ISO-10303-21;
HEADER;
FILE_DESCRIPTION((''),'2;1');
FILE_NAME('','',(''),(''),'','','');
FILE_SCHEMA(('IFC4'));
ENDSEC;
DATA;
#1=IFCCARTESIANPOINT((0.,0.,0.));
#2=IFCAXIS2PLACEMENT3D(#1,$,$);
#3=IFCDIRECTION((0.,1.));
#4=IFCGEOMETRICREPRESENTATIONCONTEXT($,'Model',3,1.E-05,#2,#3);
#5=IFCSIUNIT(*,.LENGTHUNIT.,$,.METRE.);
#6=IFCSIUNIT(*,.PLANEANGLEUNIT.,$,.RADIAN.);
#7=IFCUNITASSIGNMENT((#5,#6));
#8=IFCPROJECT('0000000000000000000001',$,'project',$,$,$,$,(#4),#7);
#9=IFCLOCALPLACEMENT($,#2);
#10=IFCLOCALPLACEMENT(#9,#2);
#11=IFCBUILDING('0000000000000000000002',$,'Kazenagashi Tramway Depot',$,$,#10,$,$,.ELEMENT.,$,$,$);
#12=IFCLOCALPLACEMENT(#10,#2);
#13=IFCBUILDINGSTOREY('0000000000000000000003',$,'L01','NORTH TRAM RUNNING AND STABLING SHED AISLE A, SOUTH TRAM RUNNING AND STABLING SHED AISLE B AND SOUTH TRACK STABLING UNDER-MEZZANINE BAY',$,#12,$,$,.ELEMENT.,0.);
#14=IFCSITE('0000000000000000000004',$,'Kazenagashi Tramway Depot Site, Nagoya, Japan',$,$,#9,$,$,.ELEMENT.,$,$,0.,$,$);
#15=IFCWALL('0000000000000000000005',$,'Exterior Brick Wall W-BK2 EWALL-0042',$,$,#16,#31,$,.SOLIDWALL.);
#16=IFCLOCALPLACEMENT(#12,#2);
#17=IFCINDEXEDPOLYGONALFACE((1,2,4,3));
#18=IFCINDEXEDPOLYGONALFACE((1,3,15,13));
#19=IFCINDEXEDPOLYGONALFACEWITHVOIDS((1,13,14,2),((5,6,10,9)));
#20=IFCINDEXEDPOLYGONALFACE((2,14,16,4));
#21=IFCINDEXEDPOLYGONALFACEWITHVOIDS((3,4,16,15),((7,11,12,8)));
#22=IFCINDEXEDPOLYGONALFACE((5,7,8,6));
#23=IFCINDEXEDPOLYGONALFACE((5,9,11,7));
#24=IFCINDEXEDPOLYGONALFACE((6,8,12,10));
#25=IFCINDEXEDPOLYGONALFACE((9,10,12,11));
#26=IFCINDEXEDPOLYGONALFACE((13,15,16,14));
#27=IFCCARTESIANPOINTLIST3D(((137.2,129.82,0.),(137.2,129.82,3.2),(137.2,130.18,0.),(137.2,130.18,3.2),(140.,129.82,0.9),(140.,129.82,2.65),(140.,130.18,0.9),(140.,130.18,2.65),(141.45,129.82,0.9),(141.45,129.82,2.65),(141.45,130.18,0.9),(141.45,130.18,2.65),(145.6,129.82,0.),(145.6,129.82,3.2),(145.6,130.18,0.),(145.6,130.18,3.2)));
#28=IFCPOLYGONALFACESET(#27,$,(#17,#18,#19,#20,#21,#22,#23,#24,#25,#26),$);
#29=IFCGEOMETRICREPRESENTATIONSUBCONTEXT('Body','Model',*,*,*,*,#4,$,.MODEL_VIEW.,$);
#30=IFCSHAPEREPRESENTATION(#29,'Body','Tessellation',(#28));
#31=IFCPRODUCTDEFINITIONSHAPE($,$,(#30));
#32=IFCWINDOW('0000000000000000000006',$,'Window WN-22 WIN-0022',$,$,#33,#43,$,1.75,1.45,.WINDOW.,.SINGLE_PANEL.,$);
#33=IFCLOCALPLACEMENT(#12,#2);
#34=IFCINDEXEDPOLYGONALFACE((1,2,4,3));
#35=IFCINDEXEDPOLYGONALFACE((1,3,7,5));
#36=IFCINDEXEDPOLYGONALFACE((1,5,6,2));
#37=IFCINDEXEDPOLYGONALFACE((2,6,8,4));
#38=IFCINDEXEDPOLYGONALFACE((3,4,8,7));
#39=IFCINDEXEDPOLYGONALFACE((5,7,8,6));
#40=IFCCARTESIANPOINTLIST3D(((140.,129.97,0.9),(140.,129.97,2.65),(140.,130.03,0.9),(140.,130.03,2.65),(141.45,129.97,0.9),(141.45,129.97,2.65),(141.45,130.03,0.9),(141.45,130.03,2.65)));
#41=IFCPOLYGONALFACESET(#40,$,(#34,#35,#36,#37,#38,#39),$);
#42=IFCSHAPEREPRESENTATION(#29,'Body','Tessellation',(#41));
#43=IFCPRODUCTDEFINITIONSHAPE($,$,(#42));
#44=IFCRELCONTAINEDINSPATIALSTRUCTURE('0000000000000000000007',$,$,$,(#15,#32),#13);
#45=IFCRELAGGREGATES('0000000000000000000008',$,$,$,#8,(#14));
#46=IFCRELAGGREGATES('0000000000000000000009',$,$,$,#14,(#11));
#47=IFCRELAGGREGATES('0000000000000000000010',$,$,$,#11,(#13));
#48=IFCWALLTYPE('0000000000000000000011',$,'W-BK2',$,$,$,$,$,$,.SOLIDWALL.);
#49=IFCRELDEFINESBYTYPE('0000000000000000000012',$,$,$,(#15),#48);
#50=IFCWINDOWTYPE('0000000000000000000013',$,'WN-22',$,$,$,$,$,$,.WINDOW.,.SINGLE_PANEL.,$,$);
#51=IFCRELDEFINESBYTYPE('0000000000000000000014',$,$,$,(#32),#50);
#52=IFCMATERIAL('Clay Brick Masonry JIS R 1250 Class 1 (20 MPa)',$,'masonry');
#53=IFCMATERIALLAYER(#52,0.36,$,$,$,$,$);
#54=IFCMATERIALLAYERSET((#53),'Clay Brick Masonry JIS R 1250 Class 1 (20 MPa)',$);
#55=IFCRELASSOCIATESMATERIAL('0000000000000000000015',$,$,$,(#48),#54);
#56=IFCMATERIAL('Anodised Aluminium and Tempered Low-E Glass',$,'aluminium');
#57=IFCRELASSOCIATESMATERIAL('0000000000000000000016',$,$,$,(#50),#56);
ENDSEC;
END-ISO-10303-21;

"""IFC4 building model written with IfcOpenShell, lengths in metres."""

from ifc_helpers import new_model, si_unit, direction, frame, frame_2d, origin, place, context, subcontext, project, spatial, rectangle, extrude, material, layer, layer_set, type_object, element, fill, save


model = new_model("IFC4")

# Units and contexts
model_context = context("Model", 3, precision=1e-05, world=origin(), true_north=direction((0.0, 1.0)))
body_context = subcontext(model_context, "Body", "Model", "MODEL_VIEW")
ifc_project = project(units=[si_unit("LENGTHUNIT", "METRE"), si_unit("PLANEANGLEUNIT", "RADIAN")], contexts=[model_context])

# Site, building, storey
site_placement = place(None, origin())
site = spatial("IfcSite", under=ifc_project, at=site_placement, Name="Kazenagashi Tramway Depot Site, Nagoya, Japan", CompositionType="ELEMENT", RefElevation=0.0)
building_placement = place(site_placement, origin())
building = spatial("IfcBuilding", under=site, at=building_placement, Name="Kazenagashi Tramway Depot", CompositionType="ELEMENT")
storey_placement = place(building_placement, origin())
storey = spatial("IfcBuildingStorey", under=building, at=storey_placement, Name="L01", Description="NORTH TRAM RUNNING AND STABLING SHED AISLE A, SOUTH TRAM RUNNING AND STABLING SHED AISLE B AND SOUTH TRACK STABLING UNDER-MEZZANINE BAY", CompositionType="ELEMENT", Elevation=0.0)

# Wall, opening, window
ifc_material_1 = material(Name="Clay Brick Masonry JIS R 1250 Class 1 (20 MPa)", Category="masonry")
ifc_layer_1 = layer(ifc_material_1, 0.36)
ifc_layer_set_1 = layer_set([ifc_layer_1], Name="Clay Brick Masonry JIS R 1250 Class 1 (20 MPa)")
wall_type = type_object("IfcWallType", Name="W-BK2", PredefinedType="SOLIDWALL", material=ifc_layer_set_1)
wall_placement = place(storey_placement, frame((137.2, 130.0, 0.0), z_axis=(0.0, 0.0, 1.0), x_axis=(1.0, 0.0, 0.0)))
wall = element("IfcWall", 1, at=wall_placement, inside=storey, type_object=wall_type, Name="Exterior Brick Wall W-BK2 EWALL-0042", PredefinedType="SOLIDWALL", context=body_context, shape_type="SweptSolid", body=[
    extrude(rectangle(XDim=8.4, YDim=0.36, at=frame_2d((4.2, 0.0))), origin(), (0.0, 0.0, 1.0), 3.2),
])
opening_placement = place(wall_placement, frame((2.8, 0.0, 0.9)))
opening = element("IfcOpeningElement", 2, at=opening_placement, cuts=wall, PredefinedType="OPENING", context=body_context, shape_type="SweptSolid", body=[
    extrude(rectangle(XDim=1.45, YDim=1.75, at=frame_2d((0.725, 0.875))), frame((0.0, 0.19, 0.0), z_axis=(0.0, -1.0, 0.0), x_axis=(1.0, 0.0, 0.0)), (0.0, 0.0, 1.0), 0.38),
])
ifc_material_2 = material(Name="Anodised Aluminium and Tempered Low-E Glass", Category="aluminium")
window_type = type_object("IfcWindowType", Name="WN-22", PartitioningType="SINGLE_PANEL", PredefinedType="WINDOW", material=ifc_material_2)
window_placement = place(opening_placement, origin())
window = element("IfcWindow", 3, at=window_placement, inside=storey, type_object=window_type, Name="Window WN-22 WIN-0022", OverallHeight=1.75, OverallWidth=1.45, PartitioningType="SINGLE_PANEL", PredefinedType="WINDOW", context=body_context, shape_type="SweptSolid", body=[
    extrude(rectangle(XDim=1.45, YDim=1.75, at=frame_2d((0.725, 0.875))), frame((0.0, 0.03, 0.0), z_axis=(0.0, -1.0, 0.0), x_axis=(1.0, 0.0, 0.0)), (0.0, 0.0, 1.0), 0.06),
])
fill(opening, window)

save(model, "model.ifc")
